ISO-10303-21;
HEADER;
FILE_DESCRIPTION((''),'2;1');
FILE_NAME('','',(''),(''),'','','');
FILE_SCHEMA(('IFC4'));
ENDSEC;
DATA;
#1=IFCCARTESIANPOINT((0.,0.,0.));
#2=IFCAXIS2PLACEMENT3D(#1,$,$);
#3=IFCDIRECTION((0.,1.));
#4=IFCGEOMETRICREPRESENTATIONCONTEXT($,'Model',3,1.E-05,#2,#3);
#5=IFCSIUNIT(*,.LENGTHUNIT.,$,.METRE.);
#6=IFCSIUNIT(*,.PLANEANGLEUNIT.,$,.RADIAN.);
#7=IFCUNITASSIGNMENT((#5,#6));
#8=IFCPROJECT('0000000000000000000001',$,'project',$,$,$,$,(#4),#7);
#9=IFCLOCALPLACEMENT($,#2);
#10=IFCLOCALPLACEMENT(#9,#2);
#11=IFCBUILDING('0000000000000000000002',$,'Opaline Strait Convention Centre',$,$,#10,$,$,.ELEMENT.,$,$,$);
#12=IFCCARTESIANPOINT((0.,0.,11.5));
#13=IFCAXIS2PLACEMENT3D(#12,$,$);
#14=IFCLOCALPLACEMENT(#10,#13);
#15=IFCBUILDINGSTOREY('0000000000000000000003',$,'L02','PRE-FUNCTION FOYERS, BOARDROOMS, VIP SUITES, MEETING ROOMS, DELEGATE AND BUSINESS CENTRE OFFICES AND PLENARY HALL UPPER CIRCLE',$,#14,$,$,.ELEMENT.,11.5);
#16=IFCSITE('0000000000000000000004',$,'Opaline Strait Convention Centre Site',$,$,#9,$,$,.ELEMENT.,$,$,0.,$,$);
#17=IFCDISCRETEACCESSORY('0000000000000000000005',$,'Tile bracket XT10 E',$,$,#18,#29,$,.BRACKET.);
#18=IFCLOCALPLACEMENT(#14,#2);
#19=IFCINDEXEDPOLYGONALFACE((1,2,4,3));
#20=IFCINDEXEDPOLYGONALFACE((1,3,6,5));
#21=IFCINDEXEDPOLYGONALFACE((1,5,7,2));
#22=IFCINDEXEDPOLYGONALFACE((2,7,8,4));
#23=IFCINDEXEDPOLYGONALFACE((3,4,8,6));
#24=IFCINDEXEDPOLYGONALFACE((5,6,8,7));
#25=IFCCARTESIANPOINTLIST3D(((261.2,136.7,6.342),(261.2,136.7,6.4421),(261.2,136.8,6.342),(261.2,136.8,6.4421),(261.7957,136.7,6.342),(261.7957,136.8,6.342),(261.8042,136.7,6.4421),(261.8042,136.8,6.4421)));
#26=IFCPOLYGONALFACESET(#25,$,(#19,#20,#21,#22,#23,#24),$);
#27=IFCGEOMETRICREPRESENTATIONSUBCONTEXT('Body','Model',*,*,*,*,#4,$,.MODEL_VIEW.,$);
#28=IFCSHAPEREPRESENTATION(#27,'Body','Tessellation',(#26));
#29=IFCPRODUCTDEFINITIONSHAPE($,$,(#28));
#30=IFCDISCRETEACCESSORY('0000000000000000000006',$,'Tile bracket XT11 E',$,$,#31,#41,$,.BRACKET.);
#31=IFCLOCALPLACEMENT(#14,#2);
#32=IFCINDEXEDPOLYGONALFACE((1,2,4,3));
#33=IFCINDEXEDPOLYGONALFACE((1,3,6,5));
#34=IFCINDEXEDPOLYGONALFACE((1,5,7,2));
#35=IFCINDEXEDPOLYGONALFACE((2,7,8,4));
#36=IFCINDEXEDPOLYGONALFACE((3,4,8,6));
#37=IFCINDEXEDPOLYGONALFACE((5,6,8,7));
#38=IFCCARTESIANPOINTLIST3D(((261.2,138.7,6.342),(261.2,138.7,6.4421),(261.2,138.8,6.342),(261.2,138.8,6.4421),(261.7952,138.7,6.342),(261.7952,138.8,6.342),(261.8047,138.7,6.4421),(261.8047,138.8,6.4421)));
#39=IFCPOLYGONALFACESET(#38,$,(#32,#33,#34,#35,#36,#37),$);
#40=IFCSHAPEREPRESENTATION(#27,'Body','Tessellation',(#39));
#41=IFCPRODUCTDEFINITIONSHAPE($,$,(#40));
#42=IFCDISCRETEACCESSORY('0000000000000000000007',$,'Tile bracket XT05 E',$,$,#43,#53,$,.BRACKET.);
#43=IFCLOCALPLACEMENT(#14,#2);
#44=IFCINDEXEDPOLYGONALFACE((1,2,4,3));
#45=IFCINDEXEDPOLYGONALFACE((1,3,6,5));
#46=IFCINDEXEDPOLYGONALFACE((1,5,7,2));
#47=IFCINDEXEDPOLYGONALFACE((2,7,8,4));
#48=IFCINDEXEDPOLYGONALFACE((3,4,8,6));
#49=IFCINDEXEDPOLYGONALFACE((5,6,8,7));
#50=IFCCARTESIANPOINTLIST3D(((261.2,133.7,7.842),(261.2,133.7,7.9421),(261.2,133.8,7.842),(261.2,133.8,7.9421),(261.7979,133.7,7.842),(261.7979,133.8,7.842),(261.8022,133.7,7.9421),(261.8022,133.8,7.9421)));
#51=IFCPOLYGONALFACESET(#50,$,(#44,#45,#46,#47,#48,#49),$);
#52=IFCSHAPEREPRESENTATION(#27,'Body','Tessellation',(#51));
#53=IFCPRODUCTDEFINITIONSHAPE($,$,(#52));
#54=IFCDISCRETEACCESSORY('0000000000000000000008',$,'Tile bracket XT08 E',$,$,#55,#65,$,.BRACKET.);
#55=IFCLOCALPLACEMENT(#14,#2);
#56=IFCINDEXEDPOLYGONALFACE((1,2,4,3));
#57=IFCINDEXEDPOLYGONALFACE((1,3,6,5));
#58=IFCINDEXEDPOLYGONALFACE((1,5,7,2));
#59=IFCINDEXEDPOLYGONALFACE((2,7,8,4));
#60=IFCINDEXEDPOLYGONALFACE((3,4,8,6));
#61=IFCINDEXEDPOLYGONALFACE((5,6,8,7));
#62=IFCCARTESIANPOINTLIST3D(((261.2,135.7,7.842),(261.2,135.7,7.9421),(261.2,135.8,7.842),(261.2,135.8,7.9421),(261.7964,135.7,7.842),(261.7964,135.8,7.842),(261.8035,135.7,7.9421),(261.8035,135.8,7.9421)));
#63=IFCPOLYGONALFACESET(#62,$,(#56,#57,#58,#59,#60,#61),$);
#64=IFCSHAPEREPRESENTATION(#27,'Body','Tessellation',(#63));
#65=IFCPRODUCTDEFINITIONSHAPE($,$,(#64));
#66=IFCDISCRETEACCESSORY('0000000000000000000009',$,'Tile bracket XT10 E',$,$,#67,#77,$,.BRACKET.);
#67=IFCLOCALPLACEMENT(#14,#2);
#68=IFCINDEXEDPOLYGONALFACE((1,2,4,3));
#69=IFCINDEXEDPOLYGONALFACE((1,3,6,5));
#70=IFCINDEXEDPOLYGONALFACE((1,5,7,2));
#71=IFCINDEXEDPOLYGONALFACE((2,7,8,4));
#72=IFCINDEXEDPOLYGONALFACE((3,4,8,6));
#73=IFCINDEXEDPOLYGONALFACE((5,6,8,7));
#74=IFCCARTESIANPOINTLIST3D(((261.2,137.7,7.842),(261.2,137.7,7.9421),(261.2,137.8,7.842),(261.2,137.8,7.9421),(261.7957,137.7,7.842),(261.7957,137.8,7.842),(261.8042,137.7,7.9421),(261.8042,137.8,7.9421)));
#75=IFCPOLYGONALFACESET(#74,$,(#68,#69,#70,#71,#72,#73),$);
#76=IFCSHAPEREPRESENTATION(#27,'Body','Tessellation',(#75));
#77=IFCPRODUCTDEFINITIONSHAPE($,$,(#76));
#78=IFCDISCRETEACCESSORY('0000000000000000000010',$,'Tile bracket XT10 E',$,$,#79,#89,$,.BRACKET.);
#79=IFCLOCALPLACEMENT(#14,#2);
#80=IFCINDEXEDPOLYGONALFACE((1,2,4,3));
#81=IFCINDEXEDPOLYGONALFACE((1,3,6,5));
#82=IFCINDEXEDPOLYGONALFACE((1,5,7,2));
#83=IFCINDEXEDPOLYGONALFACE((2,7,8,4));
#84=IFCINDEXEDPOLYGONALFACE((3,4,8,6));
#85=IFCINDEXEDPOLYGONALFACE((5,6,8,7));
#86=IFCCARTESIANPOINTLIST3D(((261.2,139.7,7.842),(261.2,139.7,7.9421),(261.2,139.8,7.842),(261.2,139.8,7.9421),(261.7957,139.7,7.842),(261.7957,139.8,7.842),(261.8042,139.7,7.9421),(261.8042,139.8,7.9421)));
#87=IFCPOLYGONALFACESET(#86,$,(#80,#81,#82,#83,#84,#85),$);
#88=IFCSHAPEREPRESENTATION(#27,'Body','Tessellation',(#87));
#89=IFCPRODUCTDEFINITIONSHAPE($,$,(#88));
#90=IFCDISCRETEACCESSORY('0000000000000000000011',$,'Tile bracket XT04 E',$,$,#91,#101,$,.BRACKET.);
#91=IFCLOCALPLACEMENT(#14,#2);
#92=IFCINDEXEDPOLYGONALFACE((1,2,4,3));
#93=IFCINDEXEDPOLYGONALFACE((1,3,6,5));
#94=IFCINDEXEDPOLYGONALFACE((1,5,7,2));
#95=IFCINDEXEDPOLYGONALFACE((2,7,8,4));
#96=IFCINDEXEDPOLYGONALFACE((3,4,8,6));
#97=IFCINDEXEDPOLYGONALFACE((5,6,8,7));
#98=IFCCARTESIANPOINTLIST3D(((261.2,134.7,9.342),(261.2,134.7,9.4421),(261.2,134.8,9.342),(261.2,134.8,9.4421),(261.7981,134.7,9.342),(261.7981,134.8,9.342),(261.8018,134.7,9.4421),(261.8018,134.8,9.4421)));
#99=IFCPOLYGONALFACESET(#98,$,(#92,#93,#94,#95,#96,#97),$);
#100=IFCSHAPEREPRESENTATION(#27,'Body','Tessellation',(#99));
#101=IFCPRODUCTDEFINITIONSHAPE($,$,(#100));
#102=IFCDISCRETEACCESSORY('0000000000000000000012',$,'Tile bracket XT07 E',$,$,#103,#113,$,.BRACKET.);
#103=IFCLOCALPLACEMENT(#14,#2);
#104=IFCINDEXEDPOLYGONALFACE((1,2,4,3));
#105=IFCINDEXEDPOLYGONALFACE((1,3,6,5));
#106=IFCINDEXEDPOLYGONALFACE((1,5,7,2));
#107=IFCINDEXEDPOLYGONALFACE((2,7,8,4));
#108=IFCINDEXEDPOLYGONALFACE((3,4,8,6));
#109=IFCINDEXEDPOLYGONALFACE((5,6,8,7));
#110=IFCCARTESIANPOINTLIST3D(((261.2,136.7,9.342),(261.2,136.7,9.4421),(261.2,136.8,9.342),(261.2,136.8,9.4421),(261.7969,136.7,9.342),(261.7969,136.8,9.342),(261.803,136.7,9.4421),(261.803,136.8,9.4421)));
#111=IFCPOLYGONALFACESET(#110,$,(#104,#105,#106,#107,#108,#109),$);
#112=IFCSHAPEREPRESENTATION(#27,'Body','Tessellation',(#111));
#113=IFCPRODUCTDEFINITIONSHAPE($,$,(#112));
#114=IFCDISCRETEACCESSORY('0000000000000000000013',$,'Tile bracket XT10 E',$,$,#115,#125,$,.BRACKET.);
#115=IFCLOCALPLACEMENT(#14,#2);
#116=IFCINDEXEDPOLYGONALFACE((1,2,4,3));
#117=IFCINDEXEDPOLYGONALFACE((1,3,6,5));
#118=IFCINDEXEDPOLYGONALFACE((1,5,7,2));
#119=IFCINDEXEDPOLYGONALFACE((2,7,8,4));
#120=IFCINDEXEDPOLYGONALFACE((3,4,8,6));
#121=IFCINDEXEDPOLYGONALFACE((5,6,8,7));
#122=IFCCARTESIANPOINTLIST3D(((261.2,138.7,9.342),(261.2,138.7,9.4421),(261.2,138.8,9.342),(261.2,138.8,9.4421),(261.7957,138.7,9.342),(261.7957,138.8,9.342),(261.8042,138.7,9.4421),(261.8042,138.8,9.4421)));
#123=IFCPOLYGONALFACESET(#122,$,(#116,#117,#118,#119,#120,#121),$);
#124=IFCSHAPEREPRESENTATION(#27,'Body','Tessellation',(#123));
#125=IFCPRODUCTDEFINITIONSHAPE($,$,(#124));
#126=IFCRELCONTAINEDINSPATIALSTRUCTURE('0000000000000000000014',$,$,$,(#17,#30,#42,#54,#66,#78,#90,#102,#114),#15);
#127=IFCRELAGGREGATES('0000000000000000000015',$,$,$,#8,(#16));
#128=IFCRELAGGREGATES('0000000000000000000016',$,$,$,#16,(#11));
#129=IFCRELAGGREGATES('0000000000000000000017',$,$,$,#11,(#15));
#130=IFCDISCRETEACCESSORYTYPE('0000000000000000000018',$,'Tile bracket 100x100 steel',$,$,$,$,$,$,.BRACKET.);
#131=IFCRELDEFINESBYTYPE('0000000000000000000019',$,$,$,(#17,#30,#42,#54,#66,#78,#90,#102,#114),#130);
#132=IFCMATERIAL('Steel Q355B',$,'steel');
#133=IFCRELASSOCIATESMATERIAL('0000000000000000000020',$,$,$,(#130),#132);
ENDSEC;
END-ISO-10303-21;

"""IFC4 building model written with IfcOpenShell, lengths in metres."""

from ifc_helpers import new_model, si_unit, direction, frame, origin, place, context, subcontext, project, spatial, polyline, outline, extrude, material, type_object, element, save


model = new_model("IFC4")

# Units and contexts
model_context = context("Model", 3, precision=1e-05, world=origin(), true_north=direction((0.0, 1.0)))
body_context = subcontext(model_context, "Body", "Model", "MODEL_VIEW")
ifc_project = project(units=[si_unit("LENGTHUNIT", "METRE"), si_unit("PLANEANGLEUNIT", "RADIAN")], contexts=[model_context])

# Site, building, storey
site_placement = place(None, origin())
site = spatial("IfcSite", under=ifc_project, at=site_placement, Name="Opaline Strait Convention Centre Site", CompositionType="ELEMENT", RefElevation=0.0)
building_placement = place(site_placement, origin())
building = spatial("IfcBuilding", under=site, at=building_placement, Name="Opaline Strait Convention Centre", CompositionType="ELEMENT")
storey_placement = place(building_placement, frame((0.0, 0.0, 11.5)))
storey = spatial("IfcBuildingStorey", under=building, at=storey_placement, Name="L02", Description="PRE-FUNCTION FOYERS, BOARDROOMS, VIP SUITES, MEETING ROOMS, DELEGATE AND BUSINESS CENTRE OFFICES AND PLENARY HALL UPPER CIRCLE", CompositionType="ELEMENT", Elevation=11.5)

# Discrete accessories
ifc_material_1 = material(Name="Steel Q355B", Category="steel")
discrete_accessory_type = type_object("IfcDiscreteAccessoryType", Name="Tile bracket 100x100 steel", PredefinedType="BRACKET", material=ifc_material_1)
discrete_accessory_1_placement = place(storey_placement, frame((261.2, 136.7, 6.3921), z_axis=(0.0, 1.0, 0.0), x_axis=(-1.0, 0.0, 0.0)))
element("IfcDiscreteAccessory", 1, at=discrete_accessory_1_placement, inside=storey, type_object=discrete_accessory_type, Name="Tile bracket XT10 E", PredefinedType="BRACKET", context=body_context, shape_type="SweptSolid", body=[
    extrude(outline(polyline([(0.0, -0.05), (0.0, 0.05), (-0.6042, 0.05), (-0.5957, -0.05), (0.0, -0.05)])), origin(), (0.0, 0.0, 1.0), 0.1001),
])
discrete_accessory_2_placement = place(storey_placement, frame((261.2, 138.7, 6.3921), z_axis=(0.0, 1.0, 0.0), x_axis=(-1.0, 0.0, 0.0)))
element("IfcDiscreteAccessory", 2, at=discrete_accessory_2_placement, inside=storey, type_object=discrete_accessory_type, Name="Tile bracket XT11 E", PredefinedType="BRACKET", context=body_context, shape_type="SweptSolid", body=[
    extrude(outline(polyline([(0.0, -0.05), (0.0, 0.05), (-0.6047, 0.05), (-0.5952, -0.05), (0.0, -0.05)])), origin(), (0.0, 0.0, 1.0), 0.1001),
])
discrete_accessory_3_placement = place(storey_placement, frame((261.2, 133.7, 7.8921), z_axis=(0.0, 1.0, 0.0), x_axis=(-1.0, 0.0, 0.0)))
element("IfcDiscreteAccessory", 3, at=discrete_accessory_3_placement, inside=storey, type_object=discrete_accessory_type, Name="Tile bracket XT05 E", PredefinedType="BRACKET", context=body_context, shape_type="SweptSolid", body=[
    extrude(outline(polyline([(0.0, -0.05), (0.0, 0.05), (-0.6023, 0.05), (-0.5979, -0.05), (0.0, -0.05)])), origin(), (0.0, 0.0, 1.0), 0.1001),
])
discrete_accessory_4_placement = place(storey_placement, frame((261.2, 135.7, 7.8921), z_axis=(0.0, 1.0, 0.0), x_axis=(-1.0, 0.0, 0.0)))
element("IfcDiscreteAccessory", 4, at=discrete_accessory_4_placement, inside=storey, type_object=discrete_accessory_type, Name="Tile bracket XT08 E", PredefinedType="BRACKET", context=body_context, shape_type="SweptSolid", body=[
    extrude(outline(polyline([(0.0, -0.05), (0.0, 0.05), (-0.6035, 0.05), (-0.5964, -0.05), (0.0, -0.05)])), origin(), (0.0, 0.0, 1.0), 0.1001),
])
for number, where, z_axis, x_axis, name in (
    (5, (261.2, 137.7, 7.8921), (0.0, 1.0, 0.0), (-1.0, 0.0, 0.0), "Tile bracket XT10 E"),
    (6, (261.2, 139.7, 7.8921), (0.0, 1.0, 0.0), (-1.0, 0.0, 0.0), "Tile bracket XT10 E"),
):
    element("IfcDiscreteAccessory", number, at=place(storey_placement, frame(where, z_axis=z_axis, x_axis=x_axis)), inside=storey, type_object=discrete_accessory_type, Name=name, PredefinedType="BRACKET", context=body_context, shape_type="SweptSolid", body=[
        extrude(outline(polyline([(0.0, -0.05), (0.0, 0.05), (-0.6042, 0.05), (-0.5957, -0.05), (0.0, -0.05)])), origin(), (0.0, 0.0, 1.0), 0.1001),
    ])
discrete_accessory_5_placement = place(storey_placement, frame((261.2, 134.7, 9.3921), z_axis=(0.0, 1.0, 0.0), x_axis=(-1.0, 0.0, 0.0)))
element("IfcDiscreteAccessory", 7, at=discrete_accessory_5_placement, inside=storey, type_object=discrete_accessory_type, Name="Tile bracket XT04 E", PredefinedType="BRACKET", context=body_context, shape_type="SweptSolid", body=[
    extrude(outline(polyline([(0.0, -0.05), (0.0, 0.05), (-0.6018, 0.05), (-0.5981, -0.05), (0.0, -0.05)])), origin(), (0.0, 0.0, 1.0), 0.1001),
])
discrete_accessory_6_placement = place(storey_placement, frame((261.2, 136.7, 9.3921), z_axis=(0.0, 1.0, 0.0), x_axis=(-1.0, 0.0, 0.0)))
element("IfcDiscreteAccessory", 8, at=discrete_accessory_6_placement, inside=storey, type_object=discrete_accessory_type, Name="Tile bracket XT07 E", PredefinedType="BRACKET", context=body_context, shape_type="SweptSolid", body=[
    extrude(outline(polyline([(0.0, -0.05), (0.0, 0.05), (-0.603, 0.05), (-0.5969, -0.05), (0.0, -0.05)])), origin(), (0.0, 0.0, 1.0), 0.1001),
])
discrete_accessory_7_placement = place(storey_placement, frame((261.2, 138.7, 9.3921), z_axis=(0.0, 1.0, 0.0), x_axis=(-1.0, 0.0, 0.0)))
element("IfcDiscreteAccessory", 9, at=discrete_accessory_7_placement, inside=storey, type_object=discrete_accessory_type, Name="Tile bracket XT10 E", PredefinedType="BRACKET", context=body_context, shape_type="SweptSolid", body=[
    extrude(outline(polyline([(0.0, -0.05), (0.0, 0.05), (-0.6042, 0.05), (-0.5957, -0.05), (0.0, -0.05)])), origin(), (0.0, 0.0, 1.0), 0.1001),
])

save(model, "model.ifc")
